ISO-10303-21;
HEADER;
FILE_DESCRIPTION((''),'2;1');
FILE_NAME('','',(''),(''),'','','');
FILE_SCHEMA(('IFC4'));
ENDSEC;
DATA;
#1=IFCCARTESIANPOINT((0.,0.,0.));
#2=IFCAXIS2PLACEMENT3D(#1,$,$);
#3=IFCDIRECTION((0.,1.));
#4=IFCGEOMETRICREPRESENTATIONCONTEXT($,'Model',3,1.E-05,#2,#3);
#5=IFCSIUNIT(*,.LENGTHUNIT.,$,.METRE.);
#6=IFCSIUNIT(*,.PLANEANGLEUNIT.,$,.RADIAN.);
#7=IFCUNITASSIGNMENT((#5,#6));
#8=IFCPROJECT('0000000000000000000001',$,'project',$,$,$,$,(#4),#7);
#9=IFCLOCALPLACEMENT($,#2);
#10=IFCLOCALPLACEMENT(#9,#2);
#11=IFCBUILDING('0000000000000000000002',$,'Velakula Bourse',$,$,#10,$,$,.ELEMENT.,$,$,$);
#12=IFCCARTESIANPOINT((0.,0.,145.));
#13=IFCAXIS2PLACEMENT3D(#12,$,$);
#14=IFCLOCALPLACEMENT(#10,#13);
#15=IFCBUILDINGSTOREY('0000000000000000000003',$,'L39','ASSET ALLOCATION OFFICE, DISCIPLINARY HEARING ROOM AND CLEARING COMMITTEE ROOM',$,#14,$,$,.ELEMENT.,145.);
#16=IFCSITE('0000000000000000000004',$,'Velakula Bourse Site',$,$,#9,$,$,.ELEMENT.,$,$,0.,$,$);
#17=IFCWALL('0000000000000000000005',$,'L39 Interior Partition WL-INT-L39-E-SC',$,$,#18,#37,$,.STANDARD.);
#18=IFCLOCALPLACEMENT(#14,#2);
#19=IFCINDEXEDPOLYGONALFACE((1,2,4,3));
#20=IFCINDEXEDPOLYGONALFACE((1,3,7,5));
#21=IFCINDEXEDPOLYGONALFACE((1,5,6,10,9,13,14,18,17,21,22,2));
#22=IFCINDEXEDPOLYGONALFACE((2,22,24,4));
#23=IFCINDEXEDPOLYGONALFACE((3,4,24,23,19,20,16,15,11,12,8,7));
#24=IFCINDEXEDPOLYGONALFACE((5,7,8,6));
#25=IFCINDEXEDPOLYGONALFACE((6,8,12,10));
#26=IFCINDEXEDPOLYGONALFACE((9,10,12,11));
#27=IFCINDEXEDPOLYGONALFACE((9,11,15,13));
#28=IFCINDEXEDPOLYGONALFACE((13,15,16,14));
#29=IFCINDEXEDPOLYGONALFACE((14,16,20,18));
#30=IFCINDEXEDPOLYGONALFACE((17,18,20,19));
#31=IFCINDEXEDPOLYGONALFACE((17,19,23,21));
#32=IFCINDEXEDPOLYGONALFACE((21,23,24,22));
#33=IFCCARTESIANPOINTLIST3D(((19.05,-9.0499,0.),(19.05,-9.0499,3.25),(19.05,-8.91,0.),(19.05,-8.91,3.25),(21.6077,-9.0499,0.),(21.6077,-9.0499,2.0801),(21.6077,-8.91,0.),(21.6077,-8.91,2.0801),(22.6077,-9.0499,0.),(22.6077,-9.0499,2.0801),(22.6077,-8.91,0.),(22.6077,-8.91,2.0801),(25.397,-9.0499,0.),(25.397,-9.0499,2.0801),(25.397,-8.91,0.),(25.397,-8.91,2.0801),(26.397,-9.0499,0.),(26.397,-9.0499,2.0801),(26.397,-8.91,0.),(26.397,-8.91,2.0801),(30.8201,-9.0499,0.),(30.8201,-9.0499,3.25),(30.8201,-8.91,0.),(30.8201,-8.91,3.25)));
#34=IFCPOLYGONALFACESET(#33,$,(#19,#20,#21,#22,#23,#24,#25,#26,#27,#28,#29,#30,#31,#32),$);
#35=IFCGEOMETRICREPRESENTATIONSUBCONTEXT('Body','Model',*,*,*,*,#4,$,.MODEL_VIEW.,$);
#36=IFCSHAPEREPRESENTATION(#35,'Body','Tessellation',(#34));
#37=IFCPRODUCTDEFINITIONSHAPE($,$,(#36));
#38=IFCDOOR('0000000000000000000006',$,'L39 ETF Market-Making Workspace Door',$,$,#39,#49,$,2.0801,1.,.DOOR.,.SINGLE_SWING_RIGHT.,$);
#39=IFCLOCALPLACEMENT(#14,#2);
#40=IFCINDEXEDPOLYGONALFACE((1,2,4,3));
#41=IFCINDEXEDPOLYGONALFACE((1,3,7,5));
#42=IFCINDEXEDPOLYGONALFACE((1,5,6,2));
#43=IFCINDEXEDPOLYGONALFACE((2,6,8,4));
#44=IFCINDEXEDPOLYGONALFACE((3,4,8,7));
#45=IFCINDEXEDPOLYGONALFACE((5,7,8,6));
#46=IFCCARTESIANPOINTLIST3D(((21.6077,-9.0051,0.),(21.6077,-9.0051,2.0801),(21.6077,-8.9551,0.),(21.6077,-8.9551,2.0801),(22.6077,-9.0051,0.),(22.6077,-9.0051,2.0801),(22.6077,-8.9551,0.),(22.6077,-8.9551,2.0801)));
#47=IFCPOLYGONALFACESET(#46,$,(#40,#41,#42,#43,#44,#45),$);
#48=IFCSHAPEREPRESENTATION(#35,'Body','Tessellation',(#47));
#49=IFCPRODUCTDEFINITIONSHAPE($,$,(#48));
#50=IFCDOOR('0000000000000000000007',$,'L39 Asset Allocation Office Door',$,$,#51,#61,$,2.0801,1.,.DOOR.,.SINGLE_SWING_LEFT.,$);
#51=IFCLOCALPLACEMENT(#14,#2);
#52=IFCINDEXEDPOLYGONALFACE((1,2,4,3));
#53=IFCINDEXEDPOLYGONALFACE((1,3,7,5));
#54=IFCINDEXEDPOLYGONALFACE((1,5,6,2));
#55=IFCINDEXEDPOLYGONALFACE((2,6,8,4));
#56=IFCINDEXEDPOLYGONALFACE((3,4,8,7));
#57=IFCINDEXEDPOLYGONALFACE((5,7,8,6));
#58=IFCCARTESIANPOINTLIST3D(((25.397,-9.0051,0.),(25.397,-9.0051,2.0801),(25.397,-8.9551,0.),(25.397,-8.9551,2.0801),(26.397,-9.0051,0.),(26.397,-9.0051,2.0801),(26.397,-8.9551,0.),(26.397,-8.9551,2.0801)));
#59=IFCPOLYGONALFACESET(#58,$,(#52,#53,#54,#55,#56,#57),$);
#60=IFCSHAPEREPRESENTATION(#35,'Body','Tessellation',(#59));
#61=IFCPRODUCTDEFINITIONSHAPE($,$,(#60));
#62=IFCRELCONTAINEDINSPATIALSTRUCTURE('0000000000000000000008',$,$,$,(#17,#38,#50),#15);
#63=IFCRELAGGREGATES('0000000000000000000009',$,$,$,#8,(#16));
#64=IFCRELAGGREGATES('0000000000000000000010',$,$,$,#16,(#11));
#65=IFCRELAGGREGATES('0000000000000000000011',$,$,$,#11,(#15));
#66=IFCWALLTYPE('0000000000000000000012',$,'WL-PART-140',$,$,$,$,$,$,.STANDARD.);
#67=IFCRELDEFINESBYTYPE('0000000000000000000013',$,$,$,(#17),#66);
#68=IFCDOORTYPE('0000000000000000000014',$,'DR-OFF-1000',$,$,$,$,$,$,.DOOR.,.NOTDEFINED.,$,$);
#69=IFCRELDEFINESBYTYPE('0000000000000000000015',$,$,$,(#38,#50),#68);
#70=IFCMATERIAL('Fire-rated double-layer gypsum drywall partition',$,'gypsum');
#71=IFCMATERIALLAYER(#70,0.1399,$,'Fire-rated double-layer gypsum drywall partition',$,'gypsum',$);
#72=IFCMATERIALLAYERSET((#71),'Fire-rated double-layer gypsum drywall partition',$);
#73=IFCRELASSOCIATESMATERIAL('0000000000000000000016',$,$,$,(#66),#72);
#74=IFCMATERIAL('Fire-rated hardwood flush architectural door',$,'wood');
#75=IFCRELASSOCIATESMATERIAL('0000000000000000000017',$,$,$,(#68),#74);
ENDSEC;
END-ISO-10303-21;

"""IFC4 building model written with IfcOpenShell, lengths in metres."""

from ifc_helpers import new_model, si_unit, direction, frame, frame_2d, origin, place, context, subcontext, project, spatial, rectangle, extrude, material, layer, layer_set, type_object, element, fill, save


model = new_model("IFC4")

# Units and contexts
model_context = context("Model", 3, precision=1e-05, world=origin(), true_north=direction((0.0, 1.0)))
body_context = subcontext(model_context, "Body", "Model", "MODEL_VIEW")
ifc_project = project(units=[si_unit("LENGTHUNIT", "METRE"), si_unit("PLANEANGLEUNIT", "RADIAN")], contexts=[model_context])

# Site, building, storey
site_placement = place(None, origin())
site = spatial("IfcSite", under=ifc_project, at=site_placement, Name="Velakula Bourse Site", CompositionType="ELEMENT", RefElevation=0.0)
building_placement = place(site_placement, origin())
building = spatial("IfcBuilding", under=site, at=building_placement, Name="Velakula Bourse", CompositionType="ELEMENT")
storey_placement = place(building_placement, frame((0.0, 0.0, 145.0)))
storey = spatial("IfcBuildingStorey", under=building, at=storey_placement, Name="L39", Description="ASSET ALLOCATION OFFICE, DISCIPLINARY HEARING ROOM AND CLEARING COMMITTEE ROOM", CompositionType="ELEMENT", Elevation=145.0)

# Shared definitions
ifc_material_1 = material(Name="Fire-rated double-layer gypsum drywall partition", Category="gypsum")

# Wall, openings, doors
ifc_layer_1 = layer(ifc_material_1, 0.1399, Name="Fire-rated double-layer gypsum drywall partition", Category="gypsum")
ifc_layer_set_1 = layer_set([ifc_layer_1], Name="Fire-rated double-layer gypsum drywall partition")
wall_type_1 = type_object("IfcWallType", Name="WL-PART-140", PredefinedType="STANDARD", material=ifc_layer_set_1)
wall_1_placement = place(storey_placement, frame((19.05, -8.98, 0.0), z_axis=(0.0, 0.0, 1.0), x_axis=(1.0, 0.0, 0.0)))
wall_1 = element("IfcWall", 1, at=wall_1_placement, inside=storey, type_object=wall_type_1, Name="L39 Interior Partition WL-INT-L39-E-SC", PredefinedType="STANDARD", context=body_context, shape_type="SweptSolid", body=[
    extrude(rectangle(XDim=11.77, YDim=0.1399, at=frame_2d((5.885, 0.0))), origin(), (0.0, 0.0, 1.0), 3.25),
])
opening_1_placement = place(wall_1_placement, frame((2.5576, 0.0, 0.0)))
opening_1 = element("IfcOpeningElement", 2, at=opening_1_placement, cuts=wall_1, PredefinedType="OPENING", context=body_context, shape_type="SweptSolid", body=[
    extrude(rectangle(XDim=1.0, YDim=2.0801, at=frame_2d((0.5, 1.04))), frame((0.0, 0.0798, 0.0), z_axis=(0.0, -1.0, 0.0), x_axis=(1.0, 0.0, 0.0)), (0.0, 0.0, 1.0), 0.1599),
])
opening_2_placement = place(wall_1_placement, frame((6.3469, 0.0, 0.0)))
opening_2 = element("IfcOpeningElement", 3, at=opening_2_placement, cuts=wall_1, PredefinedType="OPENING", context=body_context, shape_type="SweptSolid", body=[
    extrude(rectangle(XDim=1.0, YDim=2.0801, at=frame_2d((0.5, 1.04))), frame((0.0, 0.0798, 0.0), z_axis=(0.0, -1.0, 0.0), x_axis=(1.0, 0.0, 0.0)), (0.0, 0.0, 1.0), 0.1599),
])
ifc_material_2 = material(Name="Fire-rated hardwood flush architectural door", Category="wood")
door_type = type_object("IfcDoorType", Name="DR-OFF-1000", OperationType="NOTDEFINED", PredefinedType="DOOR", material=ifc_material_2)
door_1_placement = place(opening_1_placement, origin())
door_1 = element("IfcDoor", 4, at=door_1_placement, inside=storey, type_object=door_type, Name="L39 ETF Market-Making Workspace Door", OperationType="SINGLE_SWING_RIGHT", OverallHeight=2.0801, OverallWidth=1.0, PredefinedType="DOOR", context=body_context, shape_type="SweptSolid", body=[
    extrude(rectangle(XDim=1.0, YDim=2.0801, at=frame_2d((0.5, 1.04))), frame((0.0, 0.0249, 0.0), z_axis=(0.0, -1.0, 0.0), x_axis=(1.0, 0.0, 0.0)), (0.0, 0.0, 1.0), 0.05),
])
fill(opening_1, door_1)
door_2_placement = place(opening_2_placement, origin())
door_2 = element("IfcDoor", 5, at=door_2_placement, inside=storey, type_object=door_type, Name="L39 Asset Allocation Office Door", OperationType="SINGLE_SWING_LEFT", OverallHeight=2.0801, OverallWidth=1.0, PredefinedType="DOOR", context=body_context, shape_type="SweptSolid", body=[
    extrude(rectangle(XDim=1.0, YDim=2.0801, at=frame_2d((0.5, 1.04))), frame((0.0, 0.0249, 0.0), z_axis=(0.0, -1.0, 0.0), x_axis=(1.0, 0.0, 0.0)), (0.0, 0.0, 1.0), 0.05),
])
fill(opening_2, door_2)

save(model, "model.ifc")
